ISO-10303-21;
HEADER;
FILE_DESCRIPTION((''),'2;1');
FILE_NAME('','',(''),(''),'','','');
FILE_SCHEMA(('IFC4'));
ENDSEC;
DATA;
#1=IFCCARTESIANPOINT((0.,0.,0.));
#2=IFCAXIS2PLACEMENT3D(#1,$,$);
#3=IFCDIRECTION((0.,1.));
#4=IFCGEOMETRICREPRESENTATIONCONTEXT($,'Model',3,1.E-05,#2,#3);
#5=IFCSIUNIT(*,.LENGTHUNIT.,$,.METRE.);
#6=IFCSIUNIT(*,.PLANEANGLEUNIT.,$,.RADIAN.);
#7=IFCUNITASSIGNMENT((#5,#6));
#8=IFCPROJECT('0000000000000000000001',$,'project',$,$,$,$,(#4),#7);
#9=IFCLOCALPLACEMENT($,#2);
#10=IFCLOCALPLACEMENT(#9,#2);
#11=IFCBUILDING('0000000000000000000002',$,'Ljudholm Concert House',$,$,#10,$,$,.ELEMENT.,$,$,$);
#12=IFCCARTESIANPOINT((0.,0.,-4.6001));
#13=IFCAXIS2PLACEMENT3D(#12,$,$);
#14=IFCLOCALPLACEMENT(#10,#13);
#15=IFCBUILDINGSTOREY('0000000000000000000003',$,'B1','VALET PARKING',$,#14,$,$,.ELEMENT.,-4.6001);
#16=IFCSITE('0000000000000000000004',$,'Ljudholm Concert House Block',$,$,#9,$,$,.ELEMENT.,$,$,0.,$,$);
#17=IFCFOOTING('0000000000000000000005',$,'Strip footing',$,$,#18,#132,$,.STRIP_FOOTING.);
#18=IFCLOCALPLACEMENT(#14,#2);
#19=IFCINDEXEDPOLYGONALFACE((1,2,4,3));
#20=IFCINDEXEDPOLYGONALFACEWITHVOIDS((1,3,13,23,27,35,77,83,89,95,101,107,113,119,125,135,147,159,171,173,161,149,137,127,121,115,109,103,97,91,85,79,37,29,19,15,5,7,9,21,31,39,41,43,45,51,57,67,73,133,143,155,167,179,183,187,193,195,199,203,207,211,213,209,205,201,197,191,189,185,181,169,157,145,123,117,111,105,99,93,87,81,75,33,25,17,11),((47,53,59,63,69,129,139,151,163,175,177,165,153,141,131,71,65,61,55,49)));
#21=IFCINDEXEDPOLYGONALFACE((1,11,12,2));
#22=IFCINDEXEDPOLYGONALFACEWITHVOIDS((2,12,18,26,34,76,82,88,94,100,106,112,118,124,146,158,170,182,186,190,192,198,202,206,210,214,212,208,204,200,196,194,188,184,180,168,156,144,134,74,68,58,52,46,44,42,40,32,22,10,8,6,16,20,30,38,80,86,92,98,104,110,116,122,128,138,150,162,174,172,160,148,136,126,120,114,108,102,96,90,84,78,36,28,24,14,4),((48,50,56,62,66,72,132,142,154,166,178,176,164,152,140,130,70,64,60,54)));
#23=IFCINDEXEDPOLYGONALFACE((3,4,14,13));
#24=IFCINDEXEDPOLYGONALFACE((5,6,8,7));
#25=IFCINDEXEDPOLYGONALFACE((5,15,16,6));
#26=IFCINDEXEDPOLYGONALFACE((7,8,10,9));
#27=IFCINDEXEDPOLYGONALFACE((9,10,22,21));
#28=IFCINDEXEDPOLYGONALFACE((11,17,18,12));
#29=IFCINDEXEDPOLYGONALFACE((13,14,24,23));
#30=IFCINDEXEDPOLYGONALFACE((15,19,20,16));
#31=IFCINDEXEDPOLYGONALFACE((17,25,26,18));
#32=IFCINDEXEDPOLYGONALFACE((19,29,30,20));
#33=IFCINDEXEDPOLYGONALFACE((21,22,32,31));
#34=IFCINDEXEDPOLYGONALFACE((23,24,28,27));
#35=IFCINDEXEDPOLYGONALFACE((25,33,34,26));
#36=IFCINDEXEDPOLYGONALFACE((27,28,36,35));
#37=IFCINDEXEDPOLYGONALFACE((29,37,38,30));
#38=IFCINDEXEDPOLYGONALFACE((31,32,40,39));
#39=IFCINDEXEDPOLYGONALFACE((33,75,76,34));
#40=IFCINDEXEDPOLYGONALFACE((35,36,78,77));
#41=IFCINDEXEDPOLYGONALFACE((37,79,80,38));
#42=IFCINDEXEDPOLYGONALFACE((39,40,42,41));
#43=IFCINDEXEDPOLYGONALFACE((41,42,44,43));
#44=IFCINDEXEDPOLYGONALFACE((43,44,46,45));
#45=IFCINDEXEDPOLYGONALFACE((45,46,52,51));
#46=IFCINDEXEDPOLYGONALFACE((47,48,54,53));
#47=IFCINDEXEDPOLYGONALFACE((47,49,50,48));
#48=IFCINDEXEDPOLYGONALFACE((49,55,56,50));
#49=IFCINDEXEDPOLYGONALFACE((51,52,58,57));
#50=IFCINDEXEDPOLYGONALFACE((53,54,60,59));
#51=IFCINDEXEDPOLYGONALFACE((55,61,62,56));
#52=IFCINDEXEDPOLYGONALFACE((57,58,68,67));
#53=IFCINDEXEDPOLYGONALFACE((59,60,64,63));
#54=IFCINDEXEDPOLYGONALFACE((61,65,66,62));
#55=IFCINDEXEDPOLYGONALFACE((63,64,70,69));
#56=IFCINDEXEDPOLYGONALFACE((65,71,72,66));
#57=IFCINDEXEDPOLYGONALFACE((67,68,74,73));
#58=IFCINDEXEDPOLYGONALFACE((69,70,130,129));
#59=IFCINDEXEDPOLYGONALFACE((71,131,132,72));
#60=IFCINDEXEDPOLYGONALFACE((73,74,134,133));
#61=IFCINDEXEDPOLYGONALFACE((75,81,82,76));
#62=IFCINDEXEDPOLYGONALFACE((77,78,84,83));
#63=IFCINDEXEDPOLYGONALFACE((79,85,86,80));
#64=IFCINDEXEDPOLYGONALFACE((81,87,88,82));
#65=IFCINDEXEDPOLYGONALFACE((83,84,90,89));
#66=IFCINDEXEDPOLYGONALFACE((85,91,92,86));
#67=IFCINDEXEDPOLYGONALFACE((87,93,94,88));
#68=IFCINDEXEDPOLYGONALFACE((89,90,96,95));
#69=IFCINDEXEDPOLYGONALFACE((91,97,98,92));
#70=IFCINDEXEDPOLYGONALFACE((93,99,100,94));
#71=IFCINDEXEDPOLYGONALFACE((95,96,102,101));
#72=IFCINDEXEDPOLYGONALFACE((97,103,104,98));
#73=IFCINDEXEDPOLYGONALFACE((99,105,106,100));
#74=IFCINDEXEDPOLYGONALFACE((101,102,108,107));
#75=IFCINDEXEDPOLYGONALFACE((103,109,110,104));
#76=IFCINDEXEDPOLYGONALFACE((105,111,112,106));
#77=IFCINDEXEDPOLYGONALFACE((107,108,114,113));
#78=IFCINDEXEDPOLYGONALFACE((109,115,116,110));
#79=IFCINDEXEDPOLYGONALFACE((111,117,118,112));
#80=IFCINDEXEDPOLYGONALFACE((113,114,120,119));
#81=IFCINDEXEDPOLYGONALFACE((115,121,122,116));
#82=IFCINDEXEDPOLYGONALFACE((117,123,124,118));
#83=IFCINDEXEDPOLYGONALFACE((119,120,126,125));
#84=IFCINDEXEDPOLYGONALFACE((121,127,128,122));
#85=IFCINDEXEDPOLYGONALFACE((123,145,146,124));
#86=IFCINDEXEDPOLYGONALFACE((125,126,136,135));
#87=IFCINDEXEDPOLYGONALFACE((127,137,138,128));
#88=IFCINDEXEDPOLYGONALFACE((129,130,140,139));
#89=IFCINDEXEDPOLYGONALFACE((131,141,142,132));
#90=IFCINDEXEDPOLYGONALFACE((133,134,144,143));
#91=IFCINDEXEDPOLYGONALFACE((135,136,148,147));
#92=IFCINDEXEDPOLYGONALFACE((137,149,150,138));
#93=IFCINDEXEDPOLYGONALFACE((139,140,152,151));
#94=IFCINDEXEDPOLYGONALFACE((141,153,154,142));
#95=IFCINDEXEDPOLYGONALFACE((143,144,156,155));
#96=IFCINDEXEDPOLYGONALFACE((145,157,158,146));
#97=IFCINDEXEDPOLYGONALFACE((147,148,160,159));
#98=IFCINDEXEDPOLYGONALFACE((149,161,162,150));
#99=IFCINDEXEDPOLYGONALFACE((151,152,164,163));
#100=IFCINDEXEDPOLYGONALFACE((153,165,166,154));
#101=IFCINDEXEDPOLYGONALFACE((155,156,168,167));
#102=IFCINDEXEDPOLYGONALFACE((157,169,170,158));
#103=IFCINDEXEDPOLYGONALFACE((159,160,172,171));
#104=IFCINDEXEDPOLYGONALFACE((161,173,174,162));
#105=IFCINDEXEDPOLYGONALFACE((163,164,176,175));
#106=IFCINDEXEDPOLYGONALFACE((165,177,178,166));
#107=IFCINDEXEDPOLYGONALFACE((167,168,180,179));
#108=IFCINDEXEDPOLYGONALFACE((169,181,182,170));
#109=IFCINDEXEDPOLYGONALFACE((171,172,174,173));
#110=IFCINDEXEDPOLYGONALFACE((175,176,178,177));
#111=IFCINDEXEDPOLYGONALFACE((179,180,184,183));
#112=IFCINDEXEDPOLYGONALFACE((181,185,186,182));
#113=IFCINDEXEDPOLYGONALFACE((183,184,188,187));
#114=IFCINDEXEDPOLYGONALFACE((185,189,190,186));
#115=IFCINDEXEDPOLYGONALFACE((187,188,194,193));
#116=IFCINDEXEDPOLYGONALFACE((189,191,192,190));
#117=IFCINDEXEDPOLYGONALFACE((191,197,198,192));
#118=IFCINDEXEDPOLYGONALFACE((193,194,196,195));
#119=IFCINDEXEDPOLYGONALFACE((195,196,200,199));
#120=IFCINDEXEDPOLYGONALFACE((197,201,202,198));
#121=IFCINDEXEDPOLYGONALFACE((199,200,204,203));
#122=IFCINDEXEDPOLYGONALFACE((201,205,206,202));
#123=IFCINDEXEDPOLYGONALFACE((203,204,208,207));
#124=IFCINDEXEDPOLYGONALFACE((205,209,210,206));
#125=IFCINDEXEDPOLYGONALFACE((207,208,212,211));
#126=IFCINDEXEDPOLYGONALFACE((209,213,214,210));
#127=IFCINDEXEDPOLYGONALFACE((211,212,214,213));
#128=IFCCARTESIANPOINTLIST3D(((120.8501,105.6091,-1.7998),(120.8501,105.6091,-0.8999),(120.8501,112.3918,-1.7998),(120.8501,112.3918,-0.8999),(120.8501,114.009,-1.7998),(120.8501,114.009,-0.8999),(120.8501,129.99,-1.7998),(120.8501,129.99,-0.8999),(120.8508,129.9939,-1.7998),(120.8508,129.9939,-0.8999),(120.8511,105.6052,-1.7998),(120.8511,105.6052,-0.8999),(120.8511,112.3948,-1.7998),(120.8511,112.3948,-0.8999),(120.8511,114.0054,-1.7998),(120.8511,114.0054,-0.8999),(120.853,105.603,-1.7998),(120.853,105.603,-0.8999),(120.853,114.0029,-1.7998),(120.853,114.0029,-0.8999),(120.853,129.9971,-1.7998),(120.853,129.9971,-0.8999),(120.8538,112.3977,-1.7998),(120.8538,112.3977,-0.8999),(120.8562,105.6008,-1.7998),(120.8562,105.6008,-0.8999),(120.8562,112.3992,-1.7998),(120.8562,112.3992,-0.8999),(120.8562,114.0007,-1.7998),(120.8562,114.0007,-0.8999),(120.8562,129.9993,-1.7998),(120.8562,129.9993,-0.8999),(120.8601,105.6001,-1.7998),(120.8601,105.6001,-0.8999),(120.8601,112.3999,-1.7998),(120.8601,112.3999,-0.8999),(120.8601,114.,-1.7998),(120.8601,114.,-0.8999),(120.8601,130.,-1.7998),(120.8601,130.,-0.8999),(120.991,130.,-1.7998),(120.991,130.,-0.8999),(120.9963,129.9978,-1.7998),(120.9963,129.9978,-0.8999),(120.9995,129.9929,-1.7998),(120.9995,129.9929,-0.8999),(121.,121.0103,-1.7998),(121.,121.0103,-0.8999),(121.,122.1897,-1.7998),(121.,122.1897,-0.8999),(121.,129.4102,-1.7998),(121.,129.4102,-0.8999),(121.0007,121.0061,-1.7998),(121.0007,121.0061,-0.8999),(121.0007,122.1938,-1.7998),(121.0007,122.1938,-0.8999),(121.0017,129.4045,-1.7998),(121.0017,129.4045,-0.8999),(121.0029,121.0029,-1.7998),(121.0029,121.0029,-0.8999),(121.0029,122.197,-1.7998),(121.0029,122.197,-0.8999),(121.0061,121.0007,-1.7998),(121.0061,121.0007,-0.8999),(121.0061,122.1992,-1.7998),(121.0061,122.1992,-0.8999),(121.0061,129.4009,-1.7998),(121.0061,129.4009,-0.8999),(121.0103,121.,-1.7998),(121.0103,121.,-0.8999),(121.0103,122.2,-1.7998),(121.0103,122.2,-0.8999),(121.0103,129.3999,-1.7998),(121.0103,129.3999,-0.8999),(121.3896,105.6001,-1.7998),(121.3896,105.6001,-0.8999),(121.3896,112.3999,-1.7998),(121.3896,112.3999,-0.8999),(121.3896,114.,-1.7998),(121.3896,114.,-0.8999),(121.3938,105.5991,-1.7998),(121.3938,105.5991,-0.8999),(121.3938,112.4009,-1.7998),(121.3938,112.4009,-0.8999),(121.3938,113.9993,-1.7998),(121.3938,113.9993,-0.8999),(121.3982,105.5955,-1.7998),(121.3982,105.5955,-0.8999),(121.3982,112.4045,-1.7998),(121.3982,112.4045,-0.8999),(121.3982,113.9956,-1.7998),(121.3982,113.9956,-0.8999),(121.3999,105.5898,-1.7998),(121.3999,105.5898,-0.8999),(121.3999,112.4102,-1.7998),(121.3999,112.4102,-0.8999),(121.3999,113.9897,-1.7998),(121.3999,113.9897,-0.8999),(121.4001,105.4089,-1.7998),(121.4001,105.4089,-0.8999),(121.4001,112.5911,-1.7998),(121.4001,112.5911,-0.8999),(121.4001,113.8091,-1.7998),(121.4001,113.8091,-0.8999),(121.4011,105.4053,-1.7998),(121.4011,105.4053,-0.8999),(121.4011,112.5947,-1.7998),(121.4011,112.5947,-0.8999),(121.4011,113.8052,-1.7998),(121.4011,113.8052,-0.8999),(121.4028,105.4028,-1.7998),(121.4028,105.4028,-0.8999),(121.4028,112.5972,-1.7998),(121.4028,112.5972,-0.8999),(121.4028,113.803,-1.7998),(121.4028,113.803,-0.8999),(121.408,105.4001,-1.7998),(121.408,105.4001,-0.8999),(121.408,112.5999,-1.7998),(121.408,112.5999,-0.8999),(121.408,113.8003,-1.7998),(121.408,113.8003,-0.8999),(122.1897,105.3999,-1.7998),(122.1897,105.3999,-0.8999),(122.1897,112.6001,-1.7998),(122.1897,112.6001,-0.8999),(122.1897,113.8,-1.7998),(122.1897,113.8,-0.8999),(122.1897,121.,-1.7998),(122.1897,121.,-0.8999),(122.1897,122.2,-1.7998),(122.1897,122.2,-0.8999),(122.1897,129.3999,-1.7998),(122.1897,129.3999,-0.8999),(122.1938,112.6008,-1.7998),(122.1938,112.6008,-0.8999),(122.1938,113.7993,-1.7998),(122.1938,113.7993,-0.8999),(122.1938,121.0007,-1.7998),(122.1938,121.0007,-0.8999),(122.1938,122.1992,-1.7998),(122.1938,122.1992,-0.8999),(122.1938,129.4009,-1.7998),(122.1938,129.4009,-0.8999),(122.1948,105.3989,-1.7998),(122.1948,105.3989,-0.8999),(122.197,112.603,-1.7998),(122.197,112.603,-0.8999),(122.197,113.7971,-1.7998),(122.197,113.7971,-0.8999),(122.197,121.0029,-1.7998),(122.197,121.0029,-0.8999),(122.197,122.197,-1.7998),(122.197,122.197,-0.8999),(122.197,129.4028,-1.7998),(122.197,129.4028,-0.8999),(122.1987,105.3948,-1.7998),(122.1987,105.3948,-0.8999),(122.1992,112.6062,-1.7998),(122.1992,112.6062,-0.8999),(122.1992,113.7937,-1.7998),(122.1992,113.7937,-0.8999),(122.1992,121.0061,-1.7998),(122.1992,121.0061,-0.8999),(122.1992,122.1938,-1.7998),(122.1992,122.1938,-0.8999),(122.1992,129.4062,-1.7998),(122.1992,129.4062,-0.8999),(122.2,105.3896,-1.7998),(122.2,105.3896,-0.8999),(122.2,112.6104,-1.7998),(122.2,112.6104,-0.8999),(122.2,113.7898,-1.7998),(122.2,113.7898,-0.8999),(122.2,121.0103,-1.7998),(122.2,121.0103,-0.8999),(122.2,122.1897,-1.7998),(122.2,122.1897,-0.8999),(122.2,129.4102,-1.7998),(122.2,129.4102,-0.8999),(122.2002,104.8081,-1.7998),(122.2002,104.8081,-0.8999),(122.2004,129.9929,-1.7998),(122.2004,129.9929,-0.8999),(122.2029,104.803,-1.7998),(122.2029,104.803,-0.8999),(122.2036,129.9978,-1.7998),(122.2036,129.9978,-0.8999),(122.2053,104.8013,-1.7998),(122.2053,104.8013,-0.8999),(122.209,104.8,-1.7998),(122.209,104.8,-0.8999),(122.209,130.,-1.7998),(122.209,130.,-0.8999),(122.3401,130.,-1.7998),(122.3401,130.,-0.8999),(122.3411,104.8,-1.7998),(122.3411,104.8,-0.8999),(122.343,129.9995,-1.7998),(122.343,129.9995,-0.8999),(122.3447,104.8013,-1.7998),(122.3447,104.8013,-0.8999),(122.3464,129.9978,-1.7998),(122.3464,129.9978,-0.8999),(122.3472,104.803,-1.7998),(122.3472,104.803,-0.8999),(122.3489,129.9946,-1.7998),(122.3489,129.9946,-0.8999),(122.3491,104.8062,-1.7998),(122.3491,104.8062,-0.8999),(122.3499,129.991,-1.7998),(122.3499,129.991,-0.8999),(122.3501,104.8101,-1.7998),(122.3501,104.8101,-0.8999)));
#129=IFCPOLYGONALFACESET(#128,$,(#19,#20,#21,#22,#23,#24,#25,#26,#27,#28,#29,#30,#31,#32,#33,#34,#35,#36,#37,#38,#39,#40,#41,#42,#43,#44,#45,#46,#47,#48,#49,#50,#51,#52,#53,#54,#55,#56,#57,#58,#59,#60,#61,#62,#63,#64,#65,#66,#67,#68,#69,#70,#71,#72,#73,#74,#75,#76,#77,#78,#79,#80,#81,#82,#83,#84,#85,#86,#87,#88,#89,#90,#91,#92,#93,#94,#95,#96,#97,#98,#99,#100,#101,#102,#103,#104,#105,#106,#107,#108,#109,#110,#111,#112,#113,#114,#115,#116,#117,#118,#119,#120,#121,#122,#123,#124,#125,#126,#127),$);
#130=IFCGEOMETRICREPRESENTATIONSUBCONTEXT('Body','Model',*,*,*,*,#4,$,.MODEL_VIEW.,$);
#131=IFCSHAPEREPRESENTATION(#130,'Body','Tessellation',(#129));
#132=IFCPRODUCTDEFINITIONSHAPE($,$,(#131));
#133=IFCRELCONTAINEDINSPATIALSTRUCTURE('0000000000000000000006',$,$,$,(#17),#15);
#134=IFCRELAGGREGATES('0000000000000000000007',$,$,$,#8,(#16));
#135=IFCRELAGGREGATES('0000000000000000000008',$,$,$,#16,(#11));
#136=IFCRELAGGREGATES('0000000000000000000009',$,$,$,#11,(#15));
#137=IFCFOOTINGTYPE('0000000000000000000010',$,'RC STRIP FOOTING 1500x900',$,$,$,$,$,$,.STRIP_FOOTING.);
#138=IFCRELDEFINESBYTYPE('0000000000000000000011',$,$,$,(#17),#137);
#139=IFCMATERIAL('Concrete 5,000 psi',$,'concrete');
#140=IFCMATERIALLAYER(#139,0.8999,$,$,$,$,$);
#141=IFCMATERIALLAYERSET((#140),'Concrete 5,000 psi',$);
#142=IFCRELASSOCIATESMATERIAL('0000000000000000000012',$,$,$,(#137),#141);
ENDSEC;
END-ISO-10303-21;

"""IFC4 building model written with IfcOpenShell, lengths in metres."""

from ifc_helpers import new_model, si_unit, direction, frame, origin, place, context, subcontext, project, spatial, polyline, outline, extrude, material, layer, layer_set, type_object, element, save


model = new_model("IFC4")

# Units and contexts
model_context = context("Model", 3, precision=1e-05, world=origin(), true_north=direction((0.0, 1.0)))
body_context = subcontext(model_context, "Body", "Model", "MODEL_VIEW")
ifc_project = project(units=[si_unit("LENGTHUNIT", "METRE"), si_unit("PLANEANGLEUNIT", "RADIAN")], contexts=[model_context])

# Site, building, storey
site_placement = place(None, origin())
site = spatial("IfcSite", under=ifc_project, at=site_placement, Name="Ljudholm Concert House Block", CompositionType="ELEMENT", RefElevation=0.0)
building_placement = place(site_placement, origin())
building = spatial("IfcBuilding", under=site, at=building_placement, Name="Ljudholm Concert House", CompositionType="ELEMENT")
storey_placement = place(building_placement, frame((0.0, 0.0, -4.6001)))
storey = spatial("IfcBuildingStorey", under=building, at=storey_placement, Name="B1", Description="VALET PARKING", CompositionType="ELEMENT", Elevation=-4.6001)

# Footing
ifc_material_1 = material(Name="Concrete 5,000 psi", Category="concrete")
ifc_layer_1 = layer(ifc_material_1, 0.8999)
ifc_layer_set_1 = layer_set([ifc_layer_1], Name="Concrete 5,000 psi")
footing_type_1 = type_object("IfcFootingType", Name="RC STRIP FOOTING 1500x900", PredefinedType="STRIP_FOOTING", material=ifc_layer_set_1)
footing_1_placement = place(storey_placement, frame((0.0, 0.0, -1.7998)))
element("IfcFooting", 1, at=footing_1_placement, inside=storey, type_object=footing_type_1, Name="Strip footing", PredefinedType="STRIP_FOOTING", context=body_context, shape_type="SweptSolid", body=[
    extrude(outline(polyline([(120.8501, 129.99), (120.8501, 114.009), (120.8511, 114.0054), (120.853, 114.0029), (120.8562, 114.0007), (120.8601, 114.0), (121.3896, 114.0), (121.3938, 113.9993), (121.3982, 113.9956), (121.3999, 113.9897), (121.4001, 113.8091), (121.4011, 113.8052), (121.4028, 113.803), (121.408, 113.8003), (122.1897, 113.8), (122.1938, 113.7993), (122.197, 113.7971), (122.1992, 113.7937), (122.2, 113.7898), (122.2, 112.6104), (122.1992, 112.6062), (122.197, 112.603), (122.1938, 112.6008), (122.1897, 112.6001), (121.408, 112.5999), (121.4028, 112.5972), (121.4011, 112.5947), (121.4001, 112.5911), (121.3999, 112.4102), (121.3982, 112.4045), (121.3938, 112.4009), (121.3896, 112.3999), (120.8601, 112.3999), (120.8562, 112.3992), (120.8538, 112.3977), (120.8511, 112.3948), (120.8501, 112.3918), (120.8501, 105.6091), (120.8511, 105.6052), (120.853, 105.603), (120.8562, 105.6008), (120.8601, 105.6001), (121.3896, 105.6001), (121.3938, 105.5991), (121.3982, 105.5955), (121.3999, 105.5898), (121.4001, 105.4089), (121.4011, 105.4053), (121.4028, 105.4028), (121.408, 105.4001), (122.1897, 105.3999), (122.1948, 105.3989), (122.1987, 105.3948), (122.2, 105.3896), (122.2002, 104.8081), (122.2029, 104.803), (122.2053, 104.8013), (122.209, 104.8), (122.3411, 104.8), (122.3447, 104.8013), (122.3472, 104.803), (122.3491, 104.8062), (122.3501, 104.8101), (122.3499, 129.991), (122.3489, 129.9946), (122.3464, 129.9978), (122.343, 129.9995), (122.3401, 130.0), (122.209, 130.0), (122.2036, 129.9978), (122.2004, 129.9929), (122.2, 129.4102), (122.1992, 129.4062), (122.197, 129.4028), (122.1938, 129.4009), (122.1897, 129.3999), (121.0103, 129.3999), (121.0061, 129.4009), (121.0017, 129.4045), (121.0, 129.4102), (120.9995, 129.9929), (120.9963, 129.9978), (120.991, 130.0), (120.8601, 130.0), (120.8562, 129.9993), (120.853, 129.9971), (120.8508, 129.9939), (120.8501, 129.99)]), holes=[polyline([(121.0103, 122.2), (122.1897, 122.2), (122.1938, 122.1992), (122.197, 122.197), (122.1992, 122.1938), (122.2, 122.1897), (122.2, 121.0103), (122.1992, 121.0061), (122.197, 121.0029), (122.1938, 121.0007), (122.1897, 121.0), (121.0103, 121.0), (121.0061, 121.0007), (121.0029, 121.0029), (121.0007, 121.0061), (121.0, 121.0103), (121.0, 122.1897), (121.0007, 122.1938), (121.0029, 122.197), (121.0061, 122.1992), (121.0103, 122.2)])]), origin(), (0.0, 0.0, 1.0), 0.8999),
])

save(model, "model.ifc")
